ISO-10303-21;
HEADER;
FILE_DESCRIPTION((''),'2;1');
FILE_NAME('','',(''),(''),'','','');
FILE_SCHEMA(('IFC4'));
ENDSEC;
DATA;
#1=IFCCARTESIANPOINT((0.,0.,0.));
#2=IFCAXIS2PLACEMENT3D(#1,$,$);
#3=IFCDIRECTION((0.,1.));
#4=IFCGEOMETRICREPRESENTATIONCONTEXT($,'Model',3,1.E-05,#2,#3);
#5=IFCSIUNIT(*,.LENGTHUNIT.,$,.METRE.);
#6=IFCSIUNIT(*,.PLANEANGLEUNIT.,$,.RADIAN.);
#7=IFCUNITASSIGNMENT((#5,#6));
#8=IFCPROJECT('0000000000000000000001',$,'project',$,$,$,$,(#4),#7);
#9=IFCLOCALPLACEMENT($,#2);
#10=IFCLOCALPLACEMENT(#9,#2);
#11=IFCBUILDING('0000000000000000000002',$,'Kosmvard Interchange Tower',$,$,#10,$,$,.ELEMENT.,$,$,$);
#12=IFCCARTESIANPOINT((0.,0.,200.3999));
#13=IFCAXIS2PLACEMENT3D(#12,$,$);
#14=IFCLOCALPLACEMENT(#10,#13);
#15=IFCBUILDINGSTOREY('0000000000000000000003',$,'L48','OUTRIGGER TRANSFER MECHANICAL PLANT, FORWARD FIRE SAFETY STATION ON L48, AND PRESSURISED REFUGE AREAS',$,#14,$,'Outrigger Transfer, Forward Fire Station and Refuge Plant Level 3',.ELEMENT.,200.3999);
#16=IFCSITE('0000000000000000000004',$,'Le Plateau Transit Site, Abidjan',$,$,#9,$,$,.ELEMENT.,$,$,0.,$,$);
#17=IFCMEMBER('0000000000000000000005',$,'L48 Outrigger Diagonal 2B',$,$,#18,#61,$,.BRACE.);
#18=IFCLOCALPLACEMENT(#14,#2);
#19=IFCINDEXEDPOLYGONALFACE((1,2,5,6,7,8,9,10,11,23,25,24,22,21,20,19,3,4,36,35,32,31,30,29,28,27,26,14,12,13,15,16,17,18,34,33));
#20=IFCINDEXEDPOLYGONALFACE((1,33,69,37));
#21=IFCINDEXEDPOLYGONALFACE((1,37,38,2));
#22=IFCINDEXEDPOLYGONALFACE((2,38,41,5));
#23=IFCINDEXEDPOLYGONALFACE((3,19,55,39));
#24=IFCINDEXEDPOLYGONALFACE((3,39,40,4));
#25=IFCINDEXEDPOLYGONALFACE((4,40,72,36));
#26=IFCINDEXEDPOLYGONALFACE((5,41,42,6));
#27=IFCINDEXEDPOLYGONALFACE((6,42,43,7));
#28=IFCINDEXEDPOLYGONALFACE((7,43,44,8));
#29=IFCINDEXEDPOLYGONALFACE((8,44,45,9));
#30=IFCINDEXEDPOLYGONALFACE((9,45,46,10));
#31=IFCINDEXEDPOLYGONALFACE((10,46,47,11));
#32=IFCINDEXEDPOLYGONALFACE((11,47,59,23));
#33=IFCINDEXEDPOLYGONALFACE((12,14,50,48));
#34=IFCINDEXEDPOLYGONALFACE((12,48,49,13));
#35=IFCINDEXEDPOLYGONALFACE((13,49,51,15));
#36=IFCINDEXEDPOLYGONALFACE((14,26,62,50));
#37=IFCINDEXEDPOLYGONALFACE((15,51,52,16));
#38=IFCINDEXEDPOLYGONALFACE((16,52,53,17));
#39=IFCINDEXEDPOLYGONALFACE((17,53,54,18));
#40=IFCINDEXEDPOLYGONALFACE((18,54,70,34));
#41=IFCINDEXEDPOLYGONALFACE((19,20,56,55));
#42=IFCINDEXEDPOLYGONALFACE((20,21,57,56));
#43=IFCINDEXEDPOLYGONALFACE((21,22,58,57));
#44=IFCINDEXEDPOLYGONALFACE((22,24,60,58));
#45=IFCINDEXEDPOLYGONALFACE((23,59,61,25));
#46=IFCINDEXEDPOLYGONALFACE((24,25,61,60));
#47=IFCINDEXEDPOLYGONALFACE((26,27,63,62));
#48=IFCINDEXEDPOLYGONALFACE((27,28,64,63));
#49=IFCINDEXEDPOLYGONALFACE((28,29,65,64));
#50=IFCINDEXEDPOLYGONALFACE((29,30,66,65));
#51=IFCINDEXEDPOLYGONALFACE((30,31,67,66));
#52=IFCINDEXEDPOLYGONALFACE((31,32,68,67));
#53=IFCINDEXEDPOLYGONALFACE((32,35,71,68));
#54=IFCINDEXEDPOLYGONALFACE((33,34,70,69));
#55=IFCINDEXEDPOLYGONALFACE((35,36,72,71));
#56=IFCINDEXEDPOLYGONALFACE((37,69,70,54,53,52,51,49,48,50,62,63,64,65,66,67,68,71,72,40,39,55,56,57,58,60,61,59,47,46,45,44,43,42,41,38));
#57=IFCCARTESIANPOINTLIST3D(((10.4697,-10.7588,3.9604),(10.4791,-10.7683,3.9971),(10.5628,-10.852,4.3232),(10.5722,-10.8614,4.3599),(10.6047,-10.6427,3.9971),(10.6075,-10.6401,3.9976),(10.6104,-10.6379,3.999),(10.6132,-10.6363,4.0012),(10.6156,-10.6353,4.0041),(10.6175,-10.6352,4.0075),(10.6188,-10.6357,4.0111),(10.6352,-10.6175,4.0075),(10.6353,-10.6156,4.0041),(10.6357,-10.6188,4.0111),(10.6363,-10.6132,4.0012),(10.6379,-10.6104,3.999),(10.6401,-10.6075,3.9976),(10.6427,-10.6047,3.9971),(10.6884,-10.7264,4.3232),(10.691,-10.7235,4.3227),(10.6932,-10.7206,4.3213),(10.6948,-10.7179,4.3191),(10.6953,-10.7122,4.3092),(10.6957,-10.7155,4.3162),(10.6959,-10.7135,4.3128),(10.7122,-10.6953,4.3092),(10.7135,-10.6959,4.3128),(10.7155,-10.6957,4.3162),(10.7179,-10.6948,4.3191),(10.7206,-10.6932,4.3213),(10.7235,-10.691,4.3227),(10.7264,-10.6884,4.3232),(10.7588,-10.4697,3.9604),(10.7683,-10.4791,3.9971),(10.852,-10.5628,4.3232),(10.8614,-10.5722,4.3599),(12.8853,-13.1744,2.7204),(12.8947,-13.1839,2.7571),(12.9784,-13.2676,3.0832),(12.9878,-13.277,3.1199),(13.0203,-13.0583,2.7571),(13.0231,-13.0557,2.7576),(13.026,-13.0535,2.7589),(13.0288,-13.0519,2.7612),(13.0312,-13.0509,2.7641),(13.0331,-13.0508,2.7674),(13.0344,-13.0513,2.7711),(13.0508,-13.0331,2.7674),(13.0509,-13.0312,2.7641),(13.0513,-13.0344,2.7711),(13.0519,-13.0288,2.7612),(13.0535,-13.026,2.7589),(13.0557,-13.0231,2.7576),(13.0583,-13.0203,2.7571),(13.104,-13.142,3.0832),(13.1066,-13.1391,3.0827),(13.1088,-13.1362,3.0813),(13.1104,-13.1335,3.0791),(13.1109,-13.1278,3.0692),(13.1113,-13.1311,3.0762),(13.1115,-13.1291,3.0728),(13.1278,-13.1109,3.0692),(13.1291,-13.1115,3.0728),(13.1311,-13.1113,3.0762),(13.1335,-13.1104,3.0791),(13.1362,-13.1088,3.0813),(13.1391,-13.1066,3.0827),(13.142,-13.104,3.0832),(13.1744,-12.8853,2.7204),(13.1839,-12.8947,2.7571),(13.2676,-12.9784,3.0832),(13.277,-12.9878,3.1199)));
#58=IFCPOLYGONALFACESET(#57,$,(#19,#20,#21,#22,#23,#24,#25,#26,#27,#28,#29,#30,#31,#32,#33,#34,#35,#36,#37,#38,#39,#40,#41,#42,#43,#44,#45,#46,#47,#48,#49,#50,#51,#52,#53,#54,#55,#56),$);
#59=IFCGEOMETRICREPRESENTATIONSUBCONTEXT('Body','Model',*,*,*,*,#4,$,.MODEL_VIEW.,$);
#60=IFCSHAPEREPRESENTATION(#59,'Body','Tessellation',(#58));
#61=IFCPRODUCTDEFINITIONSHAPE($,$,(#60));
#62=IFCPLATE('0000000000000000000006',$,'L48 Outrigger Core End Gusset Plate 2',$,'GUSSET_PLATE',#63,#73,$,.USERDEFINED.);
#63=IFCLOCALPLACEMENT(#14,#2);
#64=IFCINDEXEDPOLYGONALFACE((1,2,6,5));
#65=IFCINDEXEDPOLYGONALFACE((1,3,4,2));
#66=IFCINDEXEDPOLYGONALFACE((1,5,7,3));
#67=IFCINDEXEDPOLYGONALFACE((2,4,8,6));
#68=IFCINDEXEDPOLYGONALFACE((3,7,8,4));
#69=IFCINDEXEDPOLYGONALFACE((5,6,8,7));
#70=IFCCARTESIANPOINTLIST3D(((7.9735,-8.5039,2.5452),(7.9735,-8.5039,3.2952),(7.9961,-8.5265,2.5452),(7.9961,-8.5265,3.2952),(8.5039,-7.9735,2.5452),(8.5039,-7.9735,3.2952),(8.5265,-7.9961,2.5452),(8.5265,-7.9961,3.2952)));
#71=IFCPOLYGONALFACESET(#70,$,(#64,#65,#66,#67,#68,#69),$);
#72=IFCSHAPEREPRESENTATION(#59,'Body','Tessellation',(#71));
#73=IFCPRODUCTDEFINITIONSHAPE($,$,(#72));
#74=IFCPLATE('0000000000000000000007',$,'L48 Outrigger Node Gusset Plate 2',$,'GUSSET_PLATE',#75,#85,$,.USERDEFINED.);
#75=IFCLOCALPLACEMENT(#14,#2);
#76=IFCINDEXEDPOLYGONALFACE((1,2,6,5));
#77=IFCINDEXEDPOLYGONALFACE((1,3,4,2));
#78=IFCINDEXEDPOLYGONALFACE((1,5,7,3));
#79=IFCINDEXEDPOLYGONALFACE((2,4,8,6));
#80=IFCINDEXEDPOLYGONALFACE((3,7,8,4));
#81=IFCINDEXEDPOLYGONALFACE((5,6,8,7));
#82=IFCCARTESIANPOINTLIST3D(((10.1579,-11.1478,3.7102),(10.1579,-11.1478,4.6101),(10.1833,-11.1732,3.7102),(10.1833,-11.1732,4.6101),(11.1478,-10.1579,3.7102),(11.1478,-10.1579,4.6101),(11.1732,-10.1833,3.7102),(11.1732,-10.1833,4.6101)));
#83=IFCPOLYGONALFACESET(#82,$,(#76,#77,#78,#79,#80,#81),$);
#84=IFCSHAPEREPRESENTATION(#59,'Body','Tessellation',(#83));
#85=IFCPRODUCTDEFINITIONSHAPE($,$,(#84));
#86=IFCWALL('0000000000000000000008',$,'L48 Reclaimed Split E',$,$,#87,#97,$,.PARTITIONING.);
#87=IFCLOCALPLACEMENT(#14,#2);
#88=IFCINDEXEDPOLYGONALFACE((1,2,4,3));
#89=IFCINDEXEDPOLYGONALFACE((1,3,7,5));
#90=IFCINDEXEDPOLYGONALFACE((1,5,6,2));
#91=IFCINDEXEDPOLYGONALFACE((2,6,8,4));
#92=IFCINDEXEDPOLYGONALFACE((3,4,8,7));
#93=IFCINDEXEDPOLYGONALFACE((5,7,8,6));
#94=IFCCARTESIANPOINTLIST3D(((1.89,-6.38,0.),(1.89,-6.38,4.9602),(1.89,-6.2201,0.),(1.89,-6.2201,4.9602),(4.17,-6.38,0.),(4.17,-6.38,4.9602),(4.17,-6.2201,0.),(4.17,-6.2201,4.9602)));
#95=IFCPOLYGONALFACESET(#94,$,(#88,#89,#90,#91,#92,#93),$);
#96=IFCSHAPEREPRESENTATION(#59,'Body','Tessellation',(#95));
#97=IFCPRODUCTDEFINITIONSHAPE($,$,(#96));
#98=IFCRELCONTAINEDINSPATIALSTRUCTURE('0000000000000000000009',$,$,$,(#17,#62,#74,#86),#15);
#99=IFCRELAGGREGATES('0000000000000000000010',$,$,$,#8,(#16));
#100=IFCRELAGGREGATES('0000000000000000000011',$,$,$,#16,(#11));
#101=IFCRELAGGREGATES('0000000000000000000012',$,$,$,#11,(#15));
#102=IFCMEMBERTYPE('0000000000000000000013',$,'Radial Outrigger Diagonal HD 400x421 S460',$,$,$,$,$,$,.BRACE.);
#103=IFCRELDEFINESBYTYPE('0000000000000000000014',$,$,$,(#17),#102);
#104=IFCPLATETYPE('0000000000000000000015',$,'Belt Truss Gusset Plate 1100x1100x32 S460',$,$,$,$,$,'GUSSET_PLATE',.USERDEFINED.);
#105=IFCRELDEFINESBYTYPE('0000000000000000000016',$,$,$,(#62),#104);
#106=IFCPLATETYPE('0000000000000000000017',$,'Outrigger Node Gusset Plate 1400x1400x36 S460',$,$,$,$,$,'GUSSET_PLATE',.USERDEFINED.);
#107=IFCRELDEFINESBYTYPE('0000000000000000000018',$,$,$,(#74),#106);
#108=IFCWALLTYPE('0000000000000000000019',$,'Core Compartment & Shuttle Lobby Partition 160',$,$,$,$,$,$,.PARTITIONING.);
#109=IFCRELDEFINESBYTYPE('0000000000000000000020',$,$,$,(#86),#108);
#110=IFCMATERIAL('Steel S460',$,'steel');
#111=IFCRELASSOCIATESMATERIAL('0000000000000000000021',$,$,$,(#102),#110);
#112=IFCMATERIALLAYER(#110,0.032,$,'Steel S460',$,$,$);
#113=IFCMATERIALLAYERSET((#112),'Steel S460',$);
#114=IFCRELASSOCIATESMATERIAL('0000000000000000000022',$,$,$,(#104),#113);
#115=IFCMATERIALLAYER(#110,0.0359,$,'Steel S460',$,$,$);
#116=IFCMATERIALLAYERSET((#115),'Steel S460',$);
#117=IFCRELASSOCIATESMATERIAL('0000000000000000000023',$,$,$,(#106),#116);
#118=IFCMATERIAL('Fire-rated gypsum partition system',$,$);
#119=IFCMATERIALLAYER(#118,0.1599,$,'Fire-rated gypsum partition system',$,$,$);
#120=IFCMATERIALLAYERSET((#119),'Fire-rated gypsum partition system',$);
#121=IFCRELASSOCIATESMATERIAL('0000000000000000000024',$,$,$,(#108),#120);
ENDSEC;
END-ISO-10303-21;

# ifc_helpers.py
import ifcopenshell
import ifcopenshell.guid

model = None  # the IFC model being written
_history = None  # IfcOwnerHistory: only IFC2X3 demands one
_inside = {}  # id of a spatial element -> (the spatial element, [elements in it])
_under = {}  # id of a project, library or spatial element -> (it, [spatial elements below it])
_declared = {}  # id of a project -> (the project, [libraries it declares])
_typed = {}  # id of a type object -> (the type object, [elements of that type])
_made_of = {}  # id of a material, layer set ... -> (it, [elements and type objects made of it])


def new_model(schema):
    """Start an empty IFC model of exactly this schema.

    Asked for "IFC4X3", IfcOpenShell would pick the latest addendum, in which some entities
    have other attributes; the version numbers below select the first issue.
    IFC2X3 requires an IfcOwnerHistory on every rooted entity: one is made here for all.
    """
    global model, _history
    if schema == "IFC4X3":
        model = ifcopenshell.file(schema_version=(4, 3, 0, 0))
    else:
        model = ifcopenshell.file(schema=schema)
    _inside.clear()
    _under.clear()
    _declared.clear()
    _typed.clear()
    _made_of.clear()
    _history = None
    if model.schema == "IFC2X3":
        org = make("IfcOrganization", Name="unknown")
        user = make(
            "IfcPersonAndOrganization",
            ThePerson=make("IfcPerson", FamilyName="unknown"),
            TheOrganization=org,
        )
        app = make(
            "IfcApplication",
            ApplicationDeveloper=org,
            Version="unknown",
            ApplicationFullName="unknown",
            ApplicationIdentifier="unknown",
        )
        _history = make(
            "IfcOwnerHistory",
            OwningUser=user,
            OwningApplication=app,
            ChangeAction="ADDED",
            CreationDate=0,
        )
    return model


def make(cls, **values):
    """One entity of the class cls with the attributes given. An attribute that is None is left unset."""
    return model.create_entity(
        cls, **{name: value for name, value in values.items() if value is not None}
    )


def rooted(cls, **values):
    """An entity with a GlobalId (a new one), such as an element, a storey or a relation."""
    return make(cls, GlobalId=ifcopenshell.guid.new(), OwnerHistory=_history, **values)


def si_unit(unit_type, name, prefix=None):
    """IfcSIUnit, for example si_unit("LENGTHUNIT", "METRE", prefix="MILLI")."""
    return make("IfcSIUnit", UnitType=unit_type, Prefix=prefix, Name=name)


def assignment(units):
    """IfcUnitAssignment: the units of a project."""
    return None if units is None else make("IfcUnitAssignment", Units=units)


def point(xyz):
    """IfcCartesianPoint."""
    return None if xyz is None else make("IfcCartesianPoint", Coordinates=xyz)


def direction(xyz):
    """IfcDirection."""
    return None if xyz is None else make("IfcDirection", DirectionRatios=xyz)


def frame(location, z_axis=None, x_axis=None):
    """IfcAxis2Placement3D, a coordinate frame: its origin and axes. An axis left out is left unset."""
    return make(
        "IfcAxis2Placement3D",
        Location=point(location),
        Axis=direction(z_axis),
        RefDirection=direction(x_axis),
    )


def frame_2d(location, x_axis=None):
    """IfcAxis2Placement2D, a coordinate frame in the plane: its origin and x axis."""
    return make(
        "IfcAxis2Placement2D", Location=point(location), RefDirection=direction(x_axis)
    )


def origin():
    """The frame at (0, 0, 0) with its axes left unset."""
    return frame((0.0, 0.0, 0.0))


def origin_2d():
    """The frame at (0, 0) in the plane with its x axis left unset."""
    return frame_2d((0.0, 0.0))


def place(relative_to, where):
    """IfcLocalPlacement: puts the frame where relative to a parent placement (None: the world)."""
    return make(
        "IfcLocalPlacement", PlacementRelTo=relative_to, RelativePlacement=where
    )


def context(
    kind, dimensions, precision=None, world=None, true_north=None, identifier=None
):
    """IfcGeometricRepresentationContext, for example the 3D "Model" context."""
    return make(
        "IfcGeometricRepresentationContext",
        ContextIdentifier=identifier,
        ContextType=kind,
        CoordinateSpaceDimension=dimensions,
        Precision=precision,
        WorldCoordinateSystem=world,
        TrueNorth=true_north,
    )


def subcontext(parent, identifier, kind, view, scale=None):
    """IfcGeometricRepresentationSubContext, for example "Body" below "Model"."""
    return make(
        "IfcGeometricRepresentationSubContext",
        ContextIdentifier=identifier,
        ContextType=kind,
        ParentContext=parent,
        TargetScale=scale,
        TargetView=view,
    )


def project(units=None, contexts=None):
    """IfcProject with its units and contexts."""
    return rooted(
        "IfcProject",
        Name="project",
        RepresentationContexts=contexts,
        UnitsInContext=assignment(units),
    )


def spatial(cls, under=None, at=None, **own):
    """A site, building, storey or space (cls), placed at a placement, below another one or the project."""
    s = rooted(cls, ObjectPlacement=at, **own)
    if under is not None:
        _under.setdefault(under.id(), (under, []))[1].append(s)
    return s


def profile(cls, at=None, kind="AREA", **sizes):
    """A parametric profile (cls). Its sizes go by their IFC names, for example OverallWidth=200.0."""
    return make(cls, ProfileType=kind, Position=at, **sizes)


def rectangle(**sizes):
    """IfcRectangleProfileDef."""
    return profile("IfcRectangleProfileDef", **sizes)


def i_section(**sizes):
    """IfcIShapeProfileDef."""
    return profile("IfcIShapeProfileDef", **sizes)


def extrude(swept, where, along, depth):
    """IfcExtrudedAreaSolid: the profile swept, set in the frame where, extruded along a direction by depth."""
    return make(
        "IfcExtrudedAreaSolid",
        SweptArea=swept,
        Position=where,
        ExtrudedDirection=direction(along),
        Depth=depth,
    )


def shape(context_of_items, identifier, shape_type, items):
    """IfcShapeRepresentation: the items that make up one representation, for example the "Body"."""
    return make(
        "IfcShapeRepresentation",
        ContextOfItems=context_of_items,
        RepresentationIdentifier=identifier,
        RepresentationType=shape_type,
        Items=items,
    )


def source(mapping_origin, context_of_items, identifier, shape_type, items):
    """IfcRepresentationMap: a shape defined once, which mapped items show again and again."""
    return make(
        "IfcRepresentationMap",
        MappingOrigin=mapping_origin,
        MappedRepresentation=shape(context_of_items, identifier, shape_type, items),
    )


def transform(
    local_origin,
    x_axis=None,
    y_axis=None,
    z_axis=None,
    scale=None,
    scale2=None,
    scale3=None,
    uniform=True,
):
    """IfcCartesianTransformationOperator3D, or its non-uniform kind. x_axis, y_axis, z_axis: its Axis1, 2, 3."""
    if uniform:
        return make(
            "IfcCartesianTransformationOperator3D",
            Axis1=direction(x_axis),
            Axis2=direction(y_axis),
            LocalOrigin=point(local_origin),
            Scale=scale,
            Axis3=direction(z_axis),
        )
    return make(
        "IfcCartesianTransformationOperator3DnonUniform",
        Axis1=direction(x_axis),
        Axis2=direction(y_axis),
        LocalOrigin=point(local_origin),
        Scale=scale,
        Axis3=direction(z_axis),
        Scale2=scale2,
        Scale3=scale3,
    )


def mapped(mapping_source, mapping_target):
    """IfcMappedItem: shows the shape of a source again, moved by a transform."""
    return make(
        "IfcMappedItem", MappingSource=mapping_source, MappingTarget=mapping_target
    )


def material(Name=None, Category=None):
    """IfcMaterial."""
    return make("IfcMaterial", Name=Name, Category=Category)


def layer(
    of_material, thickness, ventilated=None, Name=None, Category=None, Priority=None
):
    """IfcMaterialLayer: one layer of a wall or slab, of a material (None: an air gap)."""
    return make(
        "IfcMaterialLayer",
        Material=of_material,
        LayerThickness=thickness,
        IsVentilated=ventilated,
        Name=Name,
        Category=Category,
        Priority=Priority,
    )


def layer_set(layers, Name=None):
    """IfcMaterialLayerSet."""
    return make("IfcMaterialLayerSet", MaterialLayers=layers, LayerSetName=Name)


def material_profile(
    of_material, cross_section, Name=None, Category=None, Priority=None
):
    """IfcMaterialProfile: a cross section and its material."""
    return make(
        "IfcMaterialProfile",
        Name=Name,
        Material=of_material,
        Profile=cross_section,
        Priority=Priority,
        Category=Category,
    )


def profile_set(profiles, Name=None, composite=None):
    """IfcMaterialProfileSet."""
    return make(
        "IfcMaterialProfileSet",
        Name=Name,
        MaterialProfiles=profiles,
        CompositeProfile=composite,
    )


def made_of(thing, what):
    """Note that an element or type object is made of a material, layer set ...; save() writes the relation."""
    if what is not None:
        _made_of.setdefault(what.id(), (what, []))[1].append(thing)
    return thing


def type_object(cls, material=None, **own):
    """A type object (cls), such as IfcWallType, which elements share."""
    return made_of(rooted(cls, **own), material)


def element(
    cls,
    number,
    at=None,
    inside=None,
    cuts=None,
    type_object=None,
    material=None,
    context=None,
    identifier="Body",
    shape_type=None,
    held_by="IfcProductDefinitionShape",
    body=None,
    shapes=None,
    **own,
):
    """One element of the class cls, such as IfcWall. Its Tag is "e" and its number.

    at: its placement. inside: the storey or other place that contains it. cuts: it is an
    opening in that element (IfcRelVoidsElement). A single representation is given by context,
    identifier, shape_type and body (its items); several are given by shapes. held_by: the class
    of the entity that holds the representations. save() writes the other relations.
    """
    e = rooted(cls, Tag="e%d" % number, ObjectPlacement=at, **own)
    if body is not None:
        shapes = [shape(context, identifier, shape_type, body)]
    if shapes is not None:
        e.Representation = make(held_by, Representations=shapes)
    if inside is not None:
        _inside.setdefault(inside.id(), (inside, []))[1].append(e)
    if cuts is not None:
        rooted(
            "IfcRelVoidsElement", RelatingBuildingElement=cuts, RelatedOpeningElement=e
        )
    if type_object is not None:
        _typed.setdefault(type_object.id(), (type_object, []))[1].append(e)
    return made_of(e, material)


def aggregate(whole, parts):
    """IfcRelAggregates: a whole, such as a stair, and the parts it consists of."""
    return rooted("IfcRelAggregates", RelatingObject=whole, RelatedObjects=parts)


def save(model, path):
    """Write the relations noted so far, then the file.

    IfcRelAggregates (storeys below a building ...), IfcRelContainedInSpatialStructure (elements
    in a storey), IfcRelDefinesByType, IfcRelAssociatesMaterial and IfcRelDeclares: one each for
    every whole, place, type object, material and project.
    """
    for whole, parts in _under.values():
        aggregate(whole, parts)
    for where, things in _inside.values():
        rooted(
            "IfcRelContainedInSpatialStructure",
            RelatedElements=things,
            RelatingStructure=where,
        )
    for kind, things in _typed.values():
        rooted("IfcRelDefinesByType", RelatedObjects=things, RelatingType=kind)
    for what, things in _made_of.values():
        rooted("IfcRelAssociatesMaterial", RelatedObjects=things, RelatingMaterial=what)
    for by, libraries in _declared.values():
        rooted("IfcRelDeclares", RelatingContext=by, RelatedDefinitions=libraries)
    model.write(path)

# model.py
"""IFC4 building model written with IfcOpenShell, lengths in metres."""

from ifc_helpers import new_model, si_unit, direction, frame, frame_2d, origin, origin_2d, place, context, subcontext, project, spatial, rectangle, i_section, extrude, source, transform, mapped, material, layer, layer_set, material_profile, profile_set, type_object, element, save


model = new_model("IFC4")

# Units and contexts
model_context = context("Model", 3, precision=1e-05, world=origin(), true_north=direction((0.0, 1.0)))
body_context = subcontext(model_context, "Body", "Model", "MODEL_VIEW")
ifc_project = project(units=[si_unit("LENGTHUNIT", "METRE"), si_unit("PLANEANGLEUNIT", "RADIAN")], contexts=[model_context])

# Site, building, storey
site_placement = place(None, origin())
site = spatial("IfcSite", under=ifc_project, at=site_placement, Name="Le Plateau Transit Site, Abidjan", CompositionType="ELEMENT", RefElevation=0.0)
building_placement = place(site_placement, origin())
building = spatial("IfcBuilding", under=site, at=building_placement, Name="Kosmvard Interchange Tower", CompositionType="ELEMENT")
storey_placement = place(building_placement, frame((0.0, 0.0, 200.3999)))
storey = spatial("IfcBuildingStorey", under=building, at=storey_placement, Name="L48", Description="OUTRIGGER TRANSFER MECHANICAL PLANT, FORWARD FIRE SAFETY STATION ON L48, AND PRESSURISED REFUGE AREAS", LongName="Outrigger Transfer, Forward Fire Station and Refuge Plant Level 3", CompositionType="ELEMENT", Elevation=200.3999)

# Shared definitions
ifc_material_1 = material(Name="Steel S460", Category="steel")

# Member
ifc_material_profile_1 = material_profile(ifc_material_1, i_section(OverallWidth=0.4089, OverallDepth=0.425, WebThickness=0.0239, FlangeThickness=0.0391, FilletRadius=0.0149, at=origin_2d()), Name="HD 400x421")
ifc_profile_set_1 = profile_set([ifc_material_profile_1], Name="Steel S460")
member_type_1 = type_object("IfcMemberType", Name="Radial Outrigger Diagonal HD 400x421 S460", PredefinedType="BRACE", material=ifc_profile_set_1)
shared_shape_1 = source(origin(), body_context, "Body", "SweptSolid", [
    extrude(i_section(OverallWidth=0.4089, OverallDepth=0.425, WebThickness=0.0239, FlangeThickness=0.0391, FilletRadius=0.0149, at=origin_2d()), origin(), (0.0, 0.0, 1.0), 3.6343),
])
for number, where, z_axis, x_axis, name in (
    (1, (10.6655, -10.6655, 4.1602), (0.664673, -0.664673, -0.341204), (0.707107, 0.707107, 0.0), "L48 Outrigger Diagonal 2B"),
):
    element("IfcMember", number, at=place(storey_placement, frame(where, z_axis=z_axis, x_axis=x_axis)), inside=storey, type_object=member_type_1, Name=name, PredefinedType="BRACE", context=body_context, shape_type="MappedRepresentation", body=[
        mapped(shared_shape_1, transform((0.0, 0.0, 0.0), scale=1.0)),
    ])

# Plates
ifc_layer_1 = layer(ifc_material_1, 0.032, Name="Steel S460")
ifc_layer_set_1 = layer_set([ifc_layer_1], Name="Steel S460")
plate_type_1 = type_object("IfcPlateType", Name="Belt Truss Gusset Plate 1100x1100x32 S460", ElementType="GUSSET_PLATE", PredefinedType="USERDEFINED", material=ifc_layer_set_1)
shared_shape_2 = source(origin(), body_context, "Body", "SweptSolid", [
    extrude(rectangle(XDim=0.75, YDim=0.032, at=origin_2d()), origin(), (0.0, 0.0, 1.0), 0.75),
])
plate_1_placement = place(storey_placement, frame((8.25, -8.25, 2.5452), z_axis=(0.0, 0.0, 1.0), x_axis=(0.707107, 0.707107, 0.0)))
element("IfcPlate", 2, at=plate_1_placement, inside=storey, type_object=plate_type_1, Name="L48 Outrigger Core End Gusset Plate 2", ObjectType="GUSSET_PLATE", PredefinedType="USERDEFINED", context=body_context, shape_type="MappedRepresentation", body=[
    mapped(shared_shape_2, transform((0.0, 0.0, 0.0), scale=1.0)),
])
ifc_layer_2 = layer(ifc_material_1, 0.0359, Name="Steel S460")
ifc_layer_set_2 = layer_set([ifc_layer_2], Name="Steel S460")
plate_type_2 = type_object("IfcPlateType", Name="Outrigger Node Gusset Plate 1400x1400x36 S460", ElementType="GUSSET_PLATE", PredefinedType="USERDEFINED", material=ifc_layer_set_2)
shared_shape_3 = source(origin(), body_context, "Body", "SweptSolid", [
    extrude(rectangle(XDim=1.3999, YDim=0.0359, at=origin_2d()), origin(), (0.0, 0.0, 1.0), 0.8999),
])
plate_2_placement = place(storey_placement, frame((10.6655, -10.6655, 3.7102), z_axis=(0.0, 0.0, 1.0), x_axis=(0.707107, 0.707107, 0.0)))
element("IfcPlate", 3, at=plate_2_placement, inside=storey, type_object=plate_type_2, Name="L48 Outrigger Node Gusset Plate 2", ObjectType="GUSSET_PLATE", PredefinedType="USERDEFINED", context=body_context, shape_type="MappedRepresentation", body=[
    mapped(shared_shape_3, transform((0.0, 0.0, 0.0), scale=1.0)),
])

# Wall
ifc_material_2 = material(Name="Fire-rated gypsum partition system")
ifc_layer_3 = layer(ifc_material_2, 0.1599, Name="Fire-rated gypsum partition system")
ifc_layer_set_3 = layer_set([ifc_layer_3], Name="Fire-rated gypsum partition system")
wall_type_1 = type_object("IfcWallType", Name="Core Compartment & Shuttle Lobby Partition 160", PredefinedType="PARTITIONING", material=ifc_layer_set_3)
wall_1_placement = place(storey_placement, frame((1.8899, -6.3, 0.0), z_axis=(0.0, 0.0, 1.0), x_axis=(1.0, 0.0, 0.0)))
element("IfcWall", 4, at=wall_1_placement, inside=storey, type_object=wall_type_1, Name="L48 Reclaimed Split E", PredefinedType="PARTITIONING", context=body_context, shape_type="SweptSolid", body=[
    extrude(rectangle(XDim=2.28, YDim=0.1599, at=frame_2d((1.1401, 0.0))), origin(), (0.0, 0.0, 1.0), 4.9602),
])

save(model, "model.ifc")
